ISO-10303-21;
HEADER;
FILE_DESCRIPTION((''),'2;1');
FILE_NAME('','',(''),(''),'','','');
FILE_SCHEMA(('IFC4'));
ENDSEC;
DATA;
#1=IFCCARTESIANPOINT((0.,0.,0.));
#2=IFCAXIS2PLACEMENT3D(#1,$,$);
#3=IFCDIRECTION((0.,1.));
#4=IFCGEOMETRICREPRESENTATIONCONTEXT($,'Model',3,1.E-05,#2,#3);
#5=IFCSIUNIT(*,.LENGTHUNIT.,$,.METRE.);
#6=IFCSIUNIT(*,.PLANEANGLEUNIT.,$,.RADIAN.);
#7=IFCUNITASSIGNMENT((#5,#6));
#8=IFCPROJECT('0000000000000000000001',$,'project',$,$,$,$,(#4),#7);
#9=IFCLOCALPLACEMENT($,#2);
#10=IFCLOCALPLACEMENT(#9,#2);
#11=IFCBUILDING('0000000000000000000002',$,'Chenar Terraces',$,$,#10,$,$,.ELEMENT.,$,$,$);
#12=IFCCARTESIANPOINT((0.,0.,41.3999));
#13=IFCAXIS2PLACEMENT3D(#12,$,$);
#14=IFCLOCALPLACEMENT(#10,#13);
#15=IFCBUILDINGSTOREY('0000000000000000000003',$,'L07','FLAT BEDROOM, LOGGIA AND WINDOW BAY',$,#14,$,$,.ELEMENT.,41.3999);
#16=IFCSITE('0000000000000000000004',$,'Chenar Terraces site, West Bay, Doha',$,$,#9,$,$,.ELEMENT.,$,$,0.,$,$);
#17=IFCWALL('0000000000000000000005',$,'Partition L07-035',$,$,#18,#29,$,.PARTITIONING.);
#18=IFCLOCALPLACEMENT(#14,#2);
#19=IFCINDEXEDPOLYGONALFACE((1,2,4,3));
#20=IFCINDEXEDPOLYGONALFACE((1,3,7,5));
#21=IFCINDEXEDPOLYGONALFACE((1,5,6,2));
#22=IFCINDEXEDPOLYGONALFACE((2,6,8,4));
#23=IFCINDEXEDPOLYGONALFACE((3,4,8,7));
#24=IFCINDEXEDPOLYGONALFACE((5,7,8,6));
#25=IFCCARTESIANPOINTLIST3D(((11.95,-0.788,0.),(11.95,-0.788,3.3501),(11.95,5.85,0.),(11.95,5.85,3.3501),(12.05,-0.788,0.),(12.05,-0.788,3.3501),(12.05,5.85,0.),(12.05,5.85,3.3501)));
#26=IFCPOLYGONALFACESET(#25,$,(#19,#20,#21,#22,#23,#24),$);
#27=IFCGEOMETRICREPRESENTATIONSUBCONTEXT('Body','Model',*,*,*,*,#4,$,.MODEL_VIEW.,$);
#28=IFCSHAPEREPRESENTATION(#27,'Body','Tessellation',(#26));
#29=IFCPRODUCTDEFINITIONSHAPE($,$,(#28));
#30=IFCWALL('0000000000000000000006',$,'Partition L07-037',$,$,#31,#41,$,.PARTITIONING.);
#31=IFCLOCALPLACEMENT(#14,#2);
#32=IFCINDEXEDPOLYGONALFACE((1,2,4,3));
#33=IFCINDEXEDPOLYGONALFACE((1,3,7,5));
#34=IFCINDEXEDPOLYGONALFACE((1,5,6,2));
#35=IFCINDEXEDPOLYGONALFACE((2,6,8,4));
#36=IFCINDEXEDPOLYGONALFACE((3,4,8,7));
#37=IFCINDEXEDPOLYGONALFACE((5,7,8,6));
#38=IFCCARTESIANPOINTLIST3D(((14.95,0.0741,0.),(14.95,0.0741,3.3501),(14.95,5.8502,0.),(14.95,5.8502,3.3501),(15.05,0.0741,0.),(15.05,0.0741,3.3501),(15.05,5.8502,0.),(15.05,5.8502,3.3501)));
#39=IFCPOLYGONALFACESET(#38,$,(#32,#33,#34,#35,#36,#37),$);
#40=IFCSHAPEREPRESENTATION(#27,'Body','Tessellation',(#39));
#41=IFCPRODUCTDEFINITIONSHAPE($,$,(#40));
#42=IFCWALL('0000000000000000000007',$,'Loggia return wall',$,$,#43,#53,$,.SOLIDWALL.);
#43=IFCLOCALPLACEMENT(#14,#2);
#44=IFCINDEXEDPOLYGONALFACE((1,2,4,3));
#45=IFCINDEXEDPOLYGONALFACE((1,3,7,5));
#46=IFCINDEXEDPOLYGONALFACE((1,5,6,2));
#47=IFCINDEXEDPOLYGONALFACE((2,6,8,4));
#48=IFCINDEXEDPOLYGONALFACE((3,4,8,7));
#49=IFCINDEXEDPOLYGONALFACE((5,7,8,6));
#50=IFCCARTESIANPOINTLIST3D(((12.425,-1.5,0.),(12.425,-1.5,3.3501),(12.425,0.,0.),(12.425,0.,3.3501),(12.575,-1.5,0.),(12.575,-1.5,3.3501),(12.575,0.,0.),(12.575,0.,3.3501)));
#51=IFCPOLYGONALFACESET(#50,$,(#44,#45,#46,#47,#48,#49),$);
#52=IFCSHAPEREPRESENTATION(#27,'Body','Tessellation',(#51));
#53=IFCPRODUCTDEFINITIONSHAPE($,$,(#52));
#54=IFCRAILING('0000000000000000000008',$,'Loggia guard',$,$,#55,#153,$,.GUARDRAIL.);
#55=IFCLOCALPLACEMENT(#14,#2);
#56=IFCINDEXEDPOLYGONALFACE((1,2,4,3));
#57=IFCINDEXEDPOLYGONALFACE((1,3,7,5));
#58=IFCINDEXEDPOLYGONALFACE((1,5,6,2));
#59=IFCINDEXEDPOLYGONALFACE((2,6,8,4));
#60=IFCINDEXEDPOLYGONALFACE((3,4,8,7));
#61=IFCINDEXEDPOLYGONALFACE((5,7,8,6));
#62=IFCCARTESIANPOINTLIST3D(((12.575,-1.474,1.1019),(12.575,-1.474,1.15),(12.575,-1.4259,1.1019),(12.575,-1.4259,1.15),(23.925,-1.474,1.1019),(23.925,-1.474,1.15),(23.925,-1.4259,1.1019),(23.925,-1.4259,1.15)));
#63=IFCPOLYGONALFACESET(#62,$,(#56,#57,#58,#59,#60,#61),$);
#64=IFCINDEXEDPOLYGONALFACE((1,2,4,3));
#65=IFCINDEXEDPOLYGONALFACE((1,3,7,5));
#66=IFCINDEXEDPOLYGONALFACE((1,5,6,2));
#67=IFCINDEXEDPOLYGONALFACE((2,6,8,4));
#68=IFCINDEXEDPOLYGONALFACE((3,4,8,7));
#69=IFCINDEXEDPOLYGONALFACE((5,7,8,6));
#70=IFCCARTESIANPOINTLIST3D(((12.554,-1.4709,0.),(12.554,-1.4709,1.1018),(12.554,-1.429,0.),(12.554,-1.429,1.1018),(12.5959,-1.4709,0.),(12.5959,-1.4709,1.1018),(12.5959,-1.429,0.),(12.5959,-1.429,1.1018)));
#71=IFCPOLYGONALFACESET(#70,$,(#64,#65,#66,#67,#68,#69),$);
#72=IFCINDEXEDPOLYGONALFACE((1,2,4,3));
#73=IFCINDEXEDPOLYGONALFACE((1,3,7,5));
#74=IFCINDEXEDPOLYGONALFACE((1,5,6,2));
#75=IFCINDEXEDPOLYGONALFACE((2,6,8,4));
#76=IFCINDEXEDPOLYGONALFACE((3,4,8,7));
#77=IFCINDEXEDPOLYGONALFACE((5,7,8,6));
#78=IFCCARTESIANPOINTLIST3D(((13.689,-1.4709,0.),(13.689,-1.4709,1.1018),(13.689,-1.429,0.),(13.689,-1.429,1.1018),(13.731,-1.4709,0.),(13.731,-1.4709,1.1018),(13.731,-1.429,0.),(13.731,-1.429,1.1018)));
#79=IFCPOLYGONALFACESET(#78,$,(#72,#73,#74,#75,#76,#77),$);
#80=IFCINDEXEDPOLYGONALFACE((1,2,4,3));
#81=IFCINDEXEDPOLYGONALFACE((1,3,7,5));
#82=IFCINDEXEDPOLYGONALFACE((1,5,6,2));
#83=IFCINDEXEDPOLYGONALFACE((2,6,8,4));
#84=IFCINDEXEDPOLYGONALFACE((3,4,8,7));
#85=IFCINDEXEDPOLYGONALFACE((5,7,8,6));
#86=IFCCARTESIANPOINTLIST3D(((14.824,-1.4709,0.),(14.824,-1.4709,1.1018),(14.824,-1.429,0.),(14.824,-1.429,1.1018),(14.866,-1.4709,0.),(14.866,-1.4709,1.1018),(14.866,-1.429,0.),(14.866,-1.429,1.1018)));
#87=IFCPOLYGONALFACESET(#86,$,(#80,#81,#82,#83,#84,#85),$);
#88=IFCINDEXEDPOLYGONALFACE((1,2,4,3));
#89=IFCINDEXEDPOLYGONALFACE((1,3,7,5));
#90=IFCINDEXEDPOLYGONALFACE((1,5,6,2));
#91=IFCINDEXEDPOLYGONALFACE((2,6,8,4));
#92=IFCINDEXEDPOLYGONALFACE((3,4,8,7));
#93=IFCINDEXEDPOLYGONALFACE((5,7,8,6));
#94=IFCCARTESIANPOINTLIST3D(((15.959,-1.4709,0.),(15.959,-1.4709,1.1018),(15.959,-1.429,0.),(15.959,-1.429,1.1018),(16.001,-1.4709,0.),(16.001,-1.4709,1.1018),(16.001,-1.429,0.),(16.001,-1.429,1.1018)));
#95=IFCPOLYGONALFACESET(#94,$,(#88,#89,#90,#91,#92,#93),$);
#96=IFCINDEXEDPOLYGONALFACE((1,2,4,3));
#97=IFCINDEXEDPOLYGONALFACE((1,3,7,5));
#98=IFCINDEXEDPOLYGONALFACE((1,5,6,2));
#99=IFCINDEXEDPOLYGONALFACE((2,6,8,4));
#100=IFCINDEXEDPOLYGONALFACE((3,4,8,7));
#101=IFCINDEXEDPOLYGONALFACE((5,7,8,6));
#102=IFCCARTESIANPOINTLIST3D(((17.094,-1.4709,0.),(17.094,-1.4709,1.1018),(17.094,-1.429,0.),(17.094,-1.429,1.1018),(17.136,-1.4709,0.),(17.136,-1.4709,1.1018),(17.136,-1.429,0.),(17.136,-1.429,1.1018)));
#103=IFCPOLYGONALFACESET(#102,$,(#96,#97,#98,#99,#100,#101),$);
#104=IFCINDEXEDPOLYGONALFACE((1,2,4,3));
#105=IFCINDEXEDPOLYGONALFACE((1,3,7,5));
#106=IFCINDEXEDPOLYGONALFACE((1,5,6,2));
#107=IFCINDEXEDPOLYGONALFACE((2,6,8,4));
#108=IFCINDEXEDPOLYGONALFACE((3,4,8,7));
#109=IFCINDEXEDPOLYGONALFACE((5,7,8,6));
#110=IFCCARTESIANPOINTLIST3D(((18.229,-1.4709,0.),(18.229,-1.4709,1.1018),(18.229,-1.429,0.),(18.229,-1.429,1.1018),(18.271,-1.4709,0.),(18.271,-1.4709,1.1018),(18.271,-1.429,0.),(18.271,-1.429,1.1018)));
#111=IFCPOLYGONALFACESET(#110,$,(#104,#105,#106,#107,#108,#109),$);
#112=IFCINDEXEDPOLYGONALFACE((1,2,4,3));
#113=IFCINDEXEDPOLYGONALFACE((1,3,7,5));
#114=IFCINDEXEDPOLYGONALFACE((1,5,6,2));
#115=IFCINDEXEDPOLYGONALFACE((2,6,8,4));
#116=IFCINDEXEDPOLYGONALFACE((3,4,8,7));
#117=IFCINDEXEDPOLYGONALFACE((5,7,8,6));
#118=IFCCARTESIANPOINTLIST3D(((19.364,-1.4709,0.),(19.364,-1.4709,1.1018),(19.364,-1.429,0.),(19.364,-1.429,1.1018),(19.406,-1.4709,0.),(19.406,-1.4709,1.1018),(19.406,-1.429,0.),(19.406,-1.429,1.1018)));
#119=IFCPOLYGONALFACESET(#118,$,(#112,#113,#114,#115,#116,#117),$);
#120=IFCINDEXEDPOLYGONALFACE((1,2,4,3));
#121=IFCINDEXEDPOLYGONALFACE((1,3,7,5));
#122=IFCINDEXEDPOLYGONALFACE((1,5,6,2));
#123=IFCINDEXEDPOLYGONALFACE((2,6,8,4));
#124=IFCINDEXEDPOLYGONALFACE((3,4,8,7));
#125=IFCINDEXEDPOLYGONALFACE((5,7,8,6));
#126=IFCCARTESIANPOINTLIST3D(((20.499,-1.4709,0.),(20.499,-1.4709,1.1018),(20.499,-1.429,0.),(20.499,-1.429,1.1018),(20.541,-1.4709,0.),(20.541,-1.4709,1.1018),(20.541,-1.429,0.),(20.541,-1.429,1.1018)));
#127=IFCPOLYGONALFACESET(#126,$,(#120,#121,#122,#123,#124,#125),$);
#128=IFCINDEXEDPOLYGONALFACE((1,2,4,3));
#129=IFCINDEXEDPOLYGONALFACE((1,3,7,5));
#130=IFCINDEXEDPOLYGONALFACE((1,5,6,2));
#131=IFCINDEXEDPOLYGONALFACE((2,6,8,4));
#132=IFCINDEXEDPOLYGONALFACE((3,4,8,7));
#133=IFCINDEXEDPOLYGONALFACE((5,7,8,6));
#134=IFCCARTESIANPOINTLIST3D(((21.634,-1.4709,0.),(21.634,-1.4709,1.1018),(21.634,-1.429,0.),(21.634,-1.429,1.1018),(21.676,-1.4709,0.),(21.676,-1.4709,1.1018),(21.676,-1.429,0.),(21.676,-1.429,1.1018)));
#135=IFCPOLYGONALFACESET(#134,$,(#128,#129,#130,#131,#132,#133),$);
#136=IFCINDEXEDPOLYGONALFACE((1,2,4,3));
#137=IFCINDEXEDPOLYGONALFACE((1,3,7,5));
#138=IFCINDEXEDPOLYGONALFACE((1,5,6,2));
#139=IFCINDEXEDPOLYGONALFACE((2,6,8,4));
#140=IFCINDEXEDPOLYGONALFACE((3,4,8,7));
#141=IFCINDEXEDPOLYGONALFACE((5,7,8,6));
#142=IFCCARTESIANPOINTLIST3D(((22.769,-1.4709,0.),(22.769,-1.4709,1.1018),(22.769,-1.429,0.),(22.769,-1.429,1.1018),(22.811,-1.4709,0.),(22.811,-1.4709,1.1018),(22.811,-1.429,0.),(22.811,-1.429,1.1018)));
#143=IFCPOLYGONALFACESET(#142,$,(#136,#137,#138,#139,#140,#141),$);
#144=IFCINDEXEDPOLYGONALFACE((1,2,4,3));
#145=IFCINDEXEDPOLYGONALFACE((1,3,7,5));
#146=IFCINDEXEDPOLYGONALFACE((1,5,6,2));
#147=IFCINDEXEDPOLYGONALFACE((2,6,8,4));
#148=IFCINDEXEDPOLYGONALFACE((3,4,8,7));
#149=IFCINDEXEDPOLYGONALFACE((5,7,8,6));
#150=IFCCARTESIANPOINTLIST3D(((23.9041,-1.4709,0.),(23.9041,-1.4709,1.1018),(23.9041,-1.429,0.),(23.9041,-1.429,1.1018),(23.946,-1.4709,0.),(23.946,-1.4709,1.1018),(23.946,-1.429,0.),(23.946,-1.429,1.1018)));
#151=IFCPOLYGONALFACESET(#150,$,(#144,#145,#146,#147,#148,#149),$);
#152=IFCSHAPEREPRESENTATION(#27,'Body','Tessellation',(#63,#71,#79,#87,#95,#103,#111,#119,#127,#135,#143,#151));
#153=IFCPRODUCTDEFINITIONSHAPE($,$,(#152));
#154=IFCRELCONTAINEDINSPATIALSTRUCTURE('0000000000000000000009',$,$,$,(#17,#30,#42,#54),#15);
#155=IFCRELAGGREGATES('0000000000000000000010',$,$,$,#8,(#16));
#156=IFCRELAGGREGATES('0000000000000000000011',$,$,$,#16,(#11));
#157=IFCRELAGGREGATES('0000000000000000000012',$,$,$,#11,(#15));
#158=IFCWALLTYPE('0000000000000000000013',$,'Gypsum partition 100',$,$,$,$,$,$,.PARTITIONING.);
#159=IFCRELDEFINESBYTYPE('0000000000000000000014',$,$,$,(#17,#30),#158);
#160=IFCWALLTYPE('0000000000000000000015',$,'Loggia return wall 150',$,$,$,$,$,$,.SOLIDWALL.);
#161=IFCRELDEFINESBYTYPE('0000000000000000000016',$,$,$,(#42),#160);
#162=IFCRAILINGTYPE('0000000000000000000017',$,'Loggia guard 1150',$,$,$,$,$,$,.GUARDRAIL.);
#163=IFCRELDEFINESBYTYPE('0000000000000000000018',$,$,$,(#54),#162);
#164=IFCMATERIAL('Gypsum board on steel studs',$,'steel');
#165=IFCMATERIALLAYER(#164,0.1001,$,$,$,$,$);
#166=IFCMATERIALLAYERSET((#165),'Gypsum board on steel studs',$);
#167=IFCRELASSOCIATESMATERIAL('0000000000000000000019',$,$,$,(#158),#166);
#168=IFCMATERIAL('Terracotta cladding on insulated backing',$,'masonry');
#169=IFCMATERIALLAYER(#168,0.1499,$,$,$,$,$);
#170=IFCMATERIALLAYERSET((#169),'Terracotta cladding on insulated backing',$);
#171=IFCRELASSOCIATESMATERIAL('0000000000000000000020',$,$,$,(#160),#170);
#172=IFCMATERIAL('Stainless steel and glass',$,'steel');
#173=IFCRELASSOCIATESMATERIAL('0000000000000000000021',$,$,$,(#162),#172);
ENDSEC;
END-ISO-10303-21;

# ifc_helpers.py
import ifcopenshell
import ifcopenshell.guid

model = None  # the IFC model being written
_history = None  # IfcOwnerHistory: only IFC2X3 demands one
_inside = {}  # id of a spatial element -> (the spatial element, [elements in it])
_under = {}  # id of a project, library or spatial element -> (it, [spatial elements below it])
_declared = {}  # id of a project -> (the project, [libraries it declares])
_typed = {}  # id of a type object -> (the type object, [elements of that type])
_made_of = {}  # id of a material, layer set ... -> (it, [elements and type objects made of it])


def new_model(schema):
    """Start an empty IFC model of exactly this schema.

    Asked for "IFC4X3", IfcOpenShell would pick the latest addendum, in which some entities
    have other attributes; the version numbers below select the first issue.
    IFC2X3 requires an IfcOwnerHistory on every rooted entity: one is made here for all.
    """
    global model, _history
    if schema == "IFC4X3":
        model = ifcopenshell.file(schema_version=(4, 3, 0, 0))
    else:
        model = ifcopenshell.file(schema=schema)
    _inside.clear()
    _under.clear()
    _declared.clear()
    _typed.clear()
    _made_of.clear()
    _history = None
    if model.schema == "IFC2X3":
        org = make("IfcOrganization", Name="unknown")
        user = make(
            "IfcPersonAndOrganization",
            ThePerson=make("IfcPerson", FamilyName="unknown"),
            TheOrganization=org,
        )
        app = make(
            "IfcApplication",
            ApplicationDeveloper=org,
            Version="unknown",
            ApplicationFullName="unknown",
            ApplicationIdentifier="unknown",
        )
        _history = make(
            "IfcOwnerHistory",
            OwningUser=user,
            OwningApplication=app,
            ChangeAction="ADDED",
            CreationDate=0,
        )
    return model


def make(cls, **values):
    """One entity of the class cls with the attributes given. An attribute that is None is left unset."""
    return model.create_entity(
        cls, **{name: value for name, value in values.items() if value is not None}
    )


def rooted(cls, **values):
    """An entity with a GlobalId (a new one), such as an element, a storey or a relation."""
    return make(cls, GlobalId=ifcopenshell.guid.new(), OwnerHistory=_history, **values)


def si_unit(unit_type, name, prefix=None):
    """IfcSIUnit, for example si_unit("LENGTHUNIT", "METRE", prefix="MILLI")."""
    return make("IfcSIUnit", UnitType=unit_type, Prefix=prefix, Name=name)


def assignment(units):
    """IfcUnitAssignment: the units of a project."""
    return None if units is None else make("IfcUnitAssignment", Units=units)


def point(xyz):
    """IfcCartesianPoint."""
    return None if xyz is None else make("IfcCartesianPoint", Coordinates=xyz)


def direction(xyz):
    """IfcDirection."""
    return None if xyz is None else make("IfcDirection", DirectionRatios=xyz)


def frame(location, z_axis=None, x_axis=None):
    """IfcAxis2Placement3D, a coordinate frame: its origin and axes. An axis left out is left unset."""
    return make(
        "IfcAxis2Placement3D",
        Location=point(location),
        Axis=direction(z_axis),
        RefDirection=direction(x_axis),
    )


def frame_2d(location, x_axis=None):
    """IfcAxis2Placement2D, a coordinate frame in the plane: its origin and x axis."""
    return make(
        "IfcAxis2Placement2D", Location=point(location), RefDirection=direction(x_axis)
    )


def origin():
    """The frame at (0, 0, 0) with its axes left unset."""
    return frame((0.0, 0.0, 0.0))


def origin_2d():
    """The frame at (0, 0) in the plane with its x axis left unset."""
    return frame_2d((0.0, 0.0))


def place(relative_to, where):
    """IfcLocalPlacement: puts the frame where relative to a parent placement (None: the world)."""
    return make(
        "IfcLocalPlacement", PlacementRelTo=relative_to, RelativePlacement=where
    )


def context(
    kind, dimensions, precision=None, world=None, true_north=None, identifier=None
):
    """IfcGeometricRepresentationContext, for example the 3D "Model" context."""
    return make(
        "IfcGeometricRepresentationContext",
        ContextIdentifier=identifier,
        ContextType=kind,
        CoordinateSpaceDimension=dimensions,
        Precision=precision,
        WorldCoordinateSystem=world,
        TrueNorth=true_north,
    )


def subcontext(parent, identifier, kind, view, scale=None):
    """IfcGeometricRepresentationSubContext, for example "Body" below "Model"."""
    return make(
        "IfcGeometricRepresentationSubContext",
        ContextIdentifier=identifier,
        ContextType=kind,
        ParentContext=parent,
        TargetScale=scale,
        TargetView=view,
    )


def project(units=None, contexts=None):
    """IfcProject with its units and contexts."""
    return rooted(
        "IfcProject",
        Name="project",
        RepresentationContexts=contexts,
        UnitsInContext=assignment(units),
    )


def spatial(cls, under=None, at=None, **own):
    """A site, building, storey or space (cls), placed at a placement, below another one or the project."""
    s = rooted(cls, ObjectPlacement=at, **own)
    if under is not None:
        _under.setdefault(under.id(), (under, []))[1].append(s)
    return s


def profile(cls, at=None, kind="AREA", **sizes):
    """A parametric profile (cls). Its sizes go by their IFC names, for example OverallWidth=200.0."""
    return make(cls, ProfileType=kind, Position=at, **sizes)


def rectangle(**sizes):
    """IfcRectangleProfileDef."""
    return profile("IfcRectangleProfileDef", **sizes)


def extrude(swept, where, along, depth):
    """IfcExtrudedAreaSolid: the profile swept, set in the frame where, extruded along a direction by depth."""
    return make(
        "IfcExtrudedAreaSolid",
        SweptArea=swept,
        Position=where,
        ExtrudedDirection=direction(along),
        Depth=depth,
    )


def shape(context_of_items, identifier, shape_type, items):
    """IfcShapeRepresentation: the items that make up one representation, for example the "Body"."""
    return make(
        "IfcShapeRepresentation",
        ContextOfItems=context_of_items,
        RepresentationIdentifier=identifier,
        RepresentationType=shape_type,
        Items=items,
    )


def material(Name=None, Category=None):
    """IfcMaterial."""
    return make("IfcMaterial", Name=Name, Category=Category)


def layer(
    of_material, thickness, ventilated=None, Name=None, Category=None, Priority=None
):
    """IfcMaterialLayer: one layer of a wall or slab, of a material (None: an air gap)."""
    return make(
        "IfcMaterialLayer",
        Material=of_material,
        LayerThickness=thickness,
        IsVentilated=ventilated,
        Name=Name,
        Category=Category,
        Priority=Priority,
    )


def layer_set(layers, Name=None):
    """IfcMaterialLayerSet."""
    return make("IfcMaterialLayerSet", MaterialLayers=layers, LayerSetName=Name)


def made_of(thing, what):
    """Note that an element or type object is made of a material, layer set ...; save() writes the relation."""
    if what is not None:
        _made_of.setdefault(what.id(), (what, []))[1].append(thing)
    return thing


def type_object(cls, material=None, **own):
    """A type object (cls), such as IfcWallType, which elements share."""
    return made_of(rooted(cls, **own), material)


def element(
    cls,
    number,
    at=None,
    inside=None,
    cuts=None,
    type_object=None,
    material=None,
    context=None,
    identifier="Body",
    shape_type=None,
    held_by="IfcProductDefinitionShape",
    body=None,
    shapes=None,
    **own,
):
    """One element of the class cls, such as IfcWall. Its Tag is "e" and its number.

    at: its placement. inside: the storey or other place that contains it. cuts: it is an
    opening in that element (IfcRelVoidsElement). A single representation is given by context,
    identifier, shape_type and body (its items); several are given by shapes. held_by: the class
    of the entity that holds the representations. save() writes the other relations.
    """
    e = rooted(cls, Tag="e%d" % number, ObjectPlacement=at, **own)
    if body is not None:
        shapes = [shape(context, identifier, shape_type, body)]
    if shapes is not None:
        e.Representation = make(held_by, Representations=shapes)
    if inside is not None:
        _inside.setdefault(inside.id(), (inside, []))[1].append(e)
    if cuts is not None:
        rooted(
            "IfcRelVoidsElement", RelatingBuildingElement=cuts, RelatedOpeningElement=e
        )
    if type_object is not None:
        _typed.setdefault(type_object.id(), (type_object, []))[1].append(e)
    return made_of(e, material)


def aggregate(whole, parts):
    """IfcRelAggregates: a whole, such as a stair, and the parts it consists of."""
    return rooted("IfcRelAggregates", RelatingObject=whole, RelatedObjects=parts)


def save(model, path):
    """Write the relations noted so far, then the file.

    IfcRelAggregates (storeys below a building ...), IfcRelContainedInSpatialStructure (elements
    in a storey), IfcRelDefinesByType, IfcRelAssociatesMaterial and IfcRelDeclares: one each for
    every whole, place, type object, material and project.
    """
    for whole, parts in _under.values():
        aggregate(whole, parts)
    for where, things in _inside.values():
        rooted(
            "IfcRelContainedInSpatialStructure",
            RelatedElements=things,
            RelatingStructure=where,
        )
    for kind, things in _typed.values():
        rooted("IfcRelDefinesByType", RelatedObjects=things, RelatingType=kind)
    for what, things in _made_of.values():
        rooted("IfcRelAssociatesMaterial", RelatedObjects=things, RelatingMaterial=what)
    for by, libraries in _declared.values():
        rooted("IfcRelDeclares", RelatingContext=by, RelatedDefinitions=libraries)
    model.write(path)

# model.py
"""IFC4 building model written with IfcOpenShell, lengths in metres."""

from ifc_helpers import new_model, si_unit, direction, frame, frame_2d, origin, origin_2d, place, context, subcontext, project, spatial, rectangle, extrude, material, layer, layer_set, type_object, element, save


model = new_model("IFC4")

# Units and contexts
model_context = context("Model", 3, precision=1e-05, world=origin(), true_north=direction((0.0, 1.0)))
body_context = subcontext(model_context, "Body", "Model", "MODEL_VIEW")
ifc_project = project(units=[si_unit("LENGTHUNIT", "METRE"), si_unit("PLANEANGLEUNIT", "RADIAN")], contexts=[model_context])

# Site, building, storey
site_placement = place(None, origin())
site = spatial("IfcSite", under=ifc_project, at=site_placement, Name="Chenar Terraces site, West Bay, Doha", CompositionType="ELEMENT", RefElevation=0.0)
building_placement = place(site_placement, origin())
building = spatial("IfcBuilding", under=site, at=building_placement, Name="Chenar Terraces", CompositionType="ELEMENT")
storey_placement = place(building_placement, frame((0.0, 0.0, 41.3999)))
storey = spatial("IfcBuildingStorey", under=building, at=storey_placement, Name="L07", Description="FLAT BEDROOM, LOGGIA AND WINDOW BAY", CompositionType="ELEMENT", Elevation=41.3999)

# Shared definitions
ifc_material_1 = material(Name="Gypsum board on steel studs", Category="steel")
ifc_layer_1 = layer(ifc_material_1, 0.1001)
ifc_layer_set_1 = layer_set([ifc_layer_1], Name="Gypsum board on steel studs")
wall_type_1 = type_object("IfcWallType", Name="Gypsum partition 100", PredefinedType="PARTITIONING", material=ifc_layer_set_1)

# Walls
wall_1_placement = place(storey_placement, frame((12.0, -0.7878, 0.0), z_axis=(0.0, 0.0, 1.0), x_axis=(0.0, 1.0, 0.0)))
element("IfcWall", 1, at=wall_1_placement, inside=storey, type_object=wall_type_1, Name="Partition L07-035", PredefinedType="PARTITIONING", context=body_context, shape_type="SweptSolid", body=[
    extrude(rectangle(XDim=6.6379, YDim=0.1001, at=frame_2d((3.3188, 0.0))), origin(), (0.0, 0.0, 1.0), 3.3501),
])
wall_2_placement = place(storey_placement, frame((15.0, 0.074, 0.0), z_axis=(0.0, 0.0, 1.0), x_axis=(0.0, 1.0, 0.0)))
element("IfcWall", 2, at=wall_2_placement, inside=storey, type_object=wall_type_1, Name="Partition L07-037", PredefinedType="PARTITIONING", context=body_context, shape_type="SweptSolid", body=[
    extrude(rectangle(XDim=5.7761, YDim=0.1001, at=frame_2d((2.8882, 0.0))), origin(), (0.0, 0.0, 1.0), 3.3501),
])
ifc_material_2 = material(Name="Terracotta cladding on insulated backing", Category="masonry")
ifc_layer_2 = layer(ifc_material_2, 0.1499)
ifc_layer_set_2 = layer_set([ifc_layer_2], Name="Terracotta cladding on insulated backing")
wall_type_2 = type_object("IfcWallType", Name="Loggia return wall 150", PredefinedType="SOLIDWALL", material=ifc_layer_set_2)
wall_3_placement = place(storey_placement, frame((12.5, -1.5, 0.0), z_axis=(0.0, 0.0, 1.0), x_axis=(0.0, 1.0, 0.0)))
element("IfcWall", 3, at=wall_3_placement, inside=storey, type_object=wall_type_2, Name="Loggia return wall", PredefinedType="SOLIDWALL", context=body_context, shape_type="SweptSolid", body=[
    extrude(rectangle(XDim=1.5, YDim=0.1499, at=frame_2d((0.75, 0.0))), origin(), (0.0, 0.0, 1.0), 3.3501),
])

# Railing
ifc_material_3 = material(Name="Stainless steel and glass", Category="steel")
railing_type = type_object("IfcRailingType", Name="Loggia guard 1150", PredefinedType="GUARDRAIL", material=ifc_material_3)
railing_placement = place(storey_placement, frame((12.575, -1.45, 0.0)))
element("IfcRailing", 4, at=railing_placement, inside=storey, type_object=railing_type, Name="Loggia guard", PredefinedType="GUARDRAIL", context=body_context, shape_type="SweptSolid", body=[
    extrude(rectangle(XDim=0.0481, YDim=0.0481, at=origin_2d()), frame((0.0, 0.0, 1.126), z_axis=(1.0, 0.0, 0.0), x_axis=(0.0, 1.0, 0.0)), (0.0, 0.0, 1.0), 11.3501),
    extrude(rectangle(XDim=0.042, YDim=0.042, at=origin_2d()), origin(), (0.0, 0.0, 1.0), 1.1018),
    extrude(rectangle(XDim=0.042, YDim=0.042, at=origin_2d()), frame((1.135, 0.0, 0.0)), (0.0, 0.0, 1.0), 1.1018),
    extrude(rectangle(XDim=0.042, YDim=0.042, at=origin_2d()), frame((2.27, 0.0, 0.0)), (0.0, 0.0, 1.0), 1.1018),
    extrude(rectangle(XDim=0.042, YDim=0.042, at=origin_2d()), frame((3.405, 0.0, 0.0)), (0.0, 0.0, 1.0), 1.1018),
    extrude(rectangle(XDim=0.042, YDim=0.042, at=origin_2d()), frame((4.54, 0.0, 0.0)), (0.0, 0.0, 1.0), 1.1018),
    extrude(rectangle(XDim=0.042, YDim=0.042, at=origin_2d()), frame((5.675, 0.0, 0.0)), (0.0, 0.0, 1.0), 1.1018),
    extrude(rectangle(XDim=0.042, YDim=0.042, at=origin_2d()), frame((6.8101, 0.0, 0.0)), (0.0, 0.0, 1.0), 1.1018),
    extrude(rectangle(XDim=0.042, YDim=0.042, at=origin_2d()), frame((7.9451, 0.0, 0.0)), (0.0, 0.0, 1.0), 1.1018),
    extrude(rectangle(XDim=0.042, YDim=0.042, at=origin_2d()), frame((9.0801, 0.0, 0.0)), (0.0, 0.0, 1.0), 1.1018),
    extrude(rectangle(XDim=0.042, YDim=0.042, at=origin_2d()), frame((10.2151, 0.0, 0.0)), (0.0, 0.0, 1.0), 1.1018),
    extrude(rectangle(XDim=0.042, YDim=0.042, at=origin_2d()), frame((11.3501, 0.0, 0.0)), (0.0, 0.0, 1.0), 1.1018),
])

save(model, "model.ifc")
